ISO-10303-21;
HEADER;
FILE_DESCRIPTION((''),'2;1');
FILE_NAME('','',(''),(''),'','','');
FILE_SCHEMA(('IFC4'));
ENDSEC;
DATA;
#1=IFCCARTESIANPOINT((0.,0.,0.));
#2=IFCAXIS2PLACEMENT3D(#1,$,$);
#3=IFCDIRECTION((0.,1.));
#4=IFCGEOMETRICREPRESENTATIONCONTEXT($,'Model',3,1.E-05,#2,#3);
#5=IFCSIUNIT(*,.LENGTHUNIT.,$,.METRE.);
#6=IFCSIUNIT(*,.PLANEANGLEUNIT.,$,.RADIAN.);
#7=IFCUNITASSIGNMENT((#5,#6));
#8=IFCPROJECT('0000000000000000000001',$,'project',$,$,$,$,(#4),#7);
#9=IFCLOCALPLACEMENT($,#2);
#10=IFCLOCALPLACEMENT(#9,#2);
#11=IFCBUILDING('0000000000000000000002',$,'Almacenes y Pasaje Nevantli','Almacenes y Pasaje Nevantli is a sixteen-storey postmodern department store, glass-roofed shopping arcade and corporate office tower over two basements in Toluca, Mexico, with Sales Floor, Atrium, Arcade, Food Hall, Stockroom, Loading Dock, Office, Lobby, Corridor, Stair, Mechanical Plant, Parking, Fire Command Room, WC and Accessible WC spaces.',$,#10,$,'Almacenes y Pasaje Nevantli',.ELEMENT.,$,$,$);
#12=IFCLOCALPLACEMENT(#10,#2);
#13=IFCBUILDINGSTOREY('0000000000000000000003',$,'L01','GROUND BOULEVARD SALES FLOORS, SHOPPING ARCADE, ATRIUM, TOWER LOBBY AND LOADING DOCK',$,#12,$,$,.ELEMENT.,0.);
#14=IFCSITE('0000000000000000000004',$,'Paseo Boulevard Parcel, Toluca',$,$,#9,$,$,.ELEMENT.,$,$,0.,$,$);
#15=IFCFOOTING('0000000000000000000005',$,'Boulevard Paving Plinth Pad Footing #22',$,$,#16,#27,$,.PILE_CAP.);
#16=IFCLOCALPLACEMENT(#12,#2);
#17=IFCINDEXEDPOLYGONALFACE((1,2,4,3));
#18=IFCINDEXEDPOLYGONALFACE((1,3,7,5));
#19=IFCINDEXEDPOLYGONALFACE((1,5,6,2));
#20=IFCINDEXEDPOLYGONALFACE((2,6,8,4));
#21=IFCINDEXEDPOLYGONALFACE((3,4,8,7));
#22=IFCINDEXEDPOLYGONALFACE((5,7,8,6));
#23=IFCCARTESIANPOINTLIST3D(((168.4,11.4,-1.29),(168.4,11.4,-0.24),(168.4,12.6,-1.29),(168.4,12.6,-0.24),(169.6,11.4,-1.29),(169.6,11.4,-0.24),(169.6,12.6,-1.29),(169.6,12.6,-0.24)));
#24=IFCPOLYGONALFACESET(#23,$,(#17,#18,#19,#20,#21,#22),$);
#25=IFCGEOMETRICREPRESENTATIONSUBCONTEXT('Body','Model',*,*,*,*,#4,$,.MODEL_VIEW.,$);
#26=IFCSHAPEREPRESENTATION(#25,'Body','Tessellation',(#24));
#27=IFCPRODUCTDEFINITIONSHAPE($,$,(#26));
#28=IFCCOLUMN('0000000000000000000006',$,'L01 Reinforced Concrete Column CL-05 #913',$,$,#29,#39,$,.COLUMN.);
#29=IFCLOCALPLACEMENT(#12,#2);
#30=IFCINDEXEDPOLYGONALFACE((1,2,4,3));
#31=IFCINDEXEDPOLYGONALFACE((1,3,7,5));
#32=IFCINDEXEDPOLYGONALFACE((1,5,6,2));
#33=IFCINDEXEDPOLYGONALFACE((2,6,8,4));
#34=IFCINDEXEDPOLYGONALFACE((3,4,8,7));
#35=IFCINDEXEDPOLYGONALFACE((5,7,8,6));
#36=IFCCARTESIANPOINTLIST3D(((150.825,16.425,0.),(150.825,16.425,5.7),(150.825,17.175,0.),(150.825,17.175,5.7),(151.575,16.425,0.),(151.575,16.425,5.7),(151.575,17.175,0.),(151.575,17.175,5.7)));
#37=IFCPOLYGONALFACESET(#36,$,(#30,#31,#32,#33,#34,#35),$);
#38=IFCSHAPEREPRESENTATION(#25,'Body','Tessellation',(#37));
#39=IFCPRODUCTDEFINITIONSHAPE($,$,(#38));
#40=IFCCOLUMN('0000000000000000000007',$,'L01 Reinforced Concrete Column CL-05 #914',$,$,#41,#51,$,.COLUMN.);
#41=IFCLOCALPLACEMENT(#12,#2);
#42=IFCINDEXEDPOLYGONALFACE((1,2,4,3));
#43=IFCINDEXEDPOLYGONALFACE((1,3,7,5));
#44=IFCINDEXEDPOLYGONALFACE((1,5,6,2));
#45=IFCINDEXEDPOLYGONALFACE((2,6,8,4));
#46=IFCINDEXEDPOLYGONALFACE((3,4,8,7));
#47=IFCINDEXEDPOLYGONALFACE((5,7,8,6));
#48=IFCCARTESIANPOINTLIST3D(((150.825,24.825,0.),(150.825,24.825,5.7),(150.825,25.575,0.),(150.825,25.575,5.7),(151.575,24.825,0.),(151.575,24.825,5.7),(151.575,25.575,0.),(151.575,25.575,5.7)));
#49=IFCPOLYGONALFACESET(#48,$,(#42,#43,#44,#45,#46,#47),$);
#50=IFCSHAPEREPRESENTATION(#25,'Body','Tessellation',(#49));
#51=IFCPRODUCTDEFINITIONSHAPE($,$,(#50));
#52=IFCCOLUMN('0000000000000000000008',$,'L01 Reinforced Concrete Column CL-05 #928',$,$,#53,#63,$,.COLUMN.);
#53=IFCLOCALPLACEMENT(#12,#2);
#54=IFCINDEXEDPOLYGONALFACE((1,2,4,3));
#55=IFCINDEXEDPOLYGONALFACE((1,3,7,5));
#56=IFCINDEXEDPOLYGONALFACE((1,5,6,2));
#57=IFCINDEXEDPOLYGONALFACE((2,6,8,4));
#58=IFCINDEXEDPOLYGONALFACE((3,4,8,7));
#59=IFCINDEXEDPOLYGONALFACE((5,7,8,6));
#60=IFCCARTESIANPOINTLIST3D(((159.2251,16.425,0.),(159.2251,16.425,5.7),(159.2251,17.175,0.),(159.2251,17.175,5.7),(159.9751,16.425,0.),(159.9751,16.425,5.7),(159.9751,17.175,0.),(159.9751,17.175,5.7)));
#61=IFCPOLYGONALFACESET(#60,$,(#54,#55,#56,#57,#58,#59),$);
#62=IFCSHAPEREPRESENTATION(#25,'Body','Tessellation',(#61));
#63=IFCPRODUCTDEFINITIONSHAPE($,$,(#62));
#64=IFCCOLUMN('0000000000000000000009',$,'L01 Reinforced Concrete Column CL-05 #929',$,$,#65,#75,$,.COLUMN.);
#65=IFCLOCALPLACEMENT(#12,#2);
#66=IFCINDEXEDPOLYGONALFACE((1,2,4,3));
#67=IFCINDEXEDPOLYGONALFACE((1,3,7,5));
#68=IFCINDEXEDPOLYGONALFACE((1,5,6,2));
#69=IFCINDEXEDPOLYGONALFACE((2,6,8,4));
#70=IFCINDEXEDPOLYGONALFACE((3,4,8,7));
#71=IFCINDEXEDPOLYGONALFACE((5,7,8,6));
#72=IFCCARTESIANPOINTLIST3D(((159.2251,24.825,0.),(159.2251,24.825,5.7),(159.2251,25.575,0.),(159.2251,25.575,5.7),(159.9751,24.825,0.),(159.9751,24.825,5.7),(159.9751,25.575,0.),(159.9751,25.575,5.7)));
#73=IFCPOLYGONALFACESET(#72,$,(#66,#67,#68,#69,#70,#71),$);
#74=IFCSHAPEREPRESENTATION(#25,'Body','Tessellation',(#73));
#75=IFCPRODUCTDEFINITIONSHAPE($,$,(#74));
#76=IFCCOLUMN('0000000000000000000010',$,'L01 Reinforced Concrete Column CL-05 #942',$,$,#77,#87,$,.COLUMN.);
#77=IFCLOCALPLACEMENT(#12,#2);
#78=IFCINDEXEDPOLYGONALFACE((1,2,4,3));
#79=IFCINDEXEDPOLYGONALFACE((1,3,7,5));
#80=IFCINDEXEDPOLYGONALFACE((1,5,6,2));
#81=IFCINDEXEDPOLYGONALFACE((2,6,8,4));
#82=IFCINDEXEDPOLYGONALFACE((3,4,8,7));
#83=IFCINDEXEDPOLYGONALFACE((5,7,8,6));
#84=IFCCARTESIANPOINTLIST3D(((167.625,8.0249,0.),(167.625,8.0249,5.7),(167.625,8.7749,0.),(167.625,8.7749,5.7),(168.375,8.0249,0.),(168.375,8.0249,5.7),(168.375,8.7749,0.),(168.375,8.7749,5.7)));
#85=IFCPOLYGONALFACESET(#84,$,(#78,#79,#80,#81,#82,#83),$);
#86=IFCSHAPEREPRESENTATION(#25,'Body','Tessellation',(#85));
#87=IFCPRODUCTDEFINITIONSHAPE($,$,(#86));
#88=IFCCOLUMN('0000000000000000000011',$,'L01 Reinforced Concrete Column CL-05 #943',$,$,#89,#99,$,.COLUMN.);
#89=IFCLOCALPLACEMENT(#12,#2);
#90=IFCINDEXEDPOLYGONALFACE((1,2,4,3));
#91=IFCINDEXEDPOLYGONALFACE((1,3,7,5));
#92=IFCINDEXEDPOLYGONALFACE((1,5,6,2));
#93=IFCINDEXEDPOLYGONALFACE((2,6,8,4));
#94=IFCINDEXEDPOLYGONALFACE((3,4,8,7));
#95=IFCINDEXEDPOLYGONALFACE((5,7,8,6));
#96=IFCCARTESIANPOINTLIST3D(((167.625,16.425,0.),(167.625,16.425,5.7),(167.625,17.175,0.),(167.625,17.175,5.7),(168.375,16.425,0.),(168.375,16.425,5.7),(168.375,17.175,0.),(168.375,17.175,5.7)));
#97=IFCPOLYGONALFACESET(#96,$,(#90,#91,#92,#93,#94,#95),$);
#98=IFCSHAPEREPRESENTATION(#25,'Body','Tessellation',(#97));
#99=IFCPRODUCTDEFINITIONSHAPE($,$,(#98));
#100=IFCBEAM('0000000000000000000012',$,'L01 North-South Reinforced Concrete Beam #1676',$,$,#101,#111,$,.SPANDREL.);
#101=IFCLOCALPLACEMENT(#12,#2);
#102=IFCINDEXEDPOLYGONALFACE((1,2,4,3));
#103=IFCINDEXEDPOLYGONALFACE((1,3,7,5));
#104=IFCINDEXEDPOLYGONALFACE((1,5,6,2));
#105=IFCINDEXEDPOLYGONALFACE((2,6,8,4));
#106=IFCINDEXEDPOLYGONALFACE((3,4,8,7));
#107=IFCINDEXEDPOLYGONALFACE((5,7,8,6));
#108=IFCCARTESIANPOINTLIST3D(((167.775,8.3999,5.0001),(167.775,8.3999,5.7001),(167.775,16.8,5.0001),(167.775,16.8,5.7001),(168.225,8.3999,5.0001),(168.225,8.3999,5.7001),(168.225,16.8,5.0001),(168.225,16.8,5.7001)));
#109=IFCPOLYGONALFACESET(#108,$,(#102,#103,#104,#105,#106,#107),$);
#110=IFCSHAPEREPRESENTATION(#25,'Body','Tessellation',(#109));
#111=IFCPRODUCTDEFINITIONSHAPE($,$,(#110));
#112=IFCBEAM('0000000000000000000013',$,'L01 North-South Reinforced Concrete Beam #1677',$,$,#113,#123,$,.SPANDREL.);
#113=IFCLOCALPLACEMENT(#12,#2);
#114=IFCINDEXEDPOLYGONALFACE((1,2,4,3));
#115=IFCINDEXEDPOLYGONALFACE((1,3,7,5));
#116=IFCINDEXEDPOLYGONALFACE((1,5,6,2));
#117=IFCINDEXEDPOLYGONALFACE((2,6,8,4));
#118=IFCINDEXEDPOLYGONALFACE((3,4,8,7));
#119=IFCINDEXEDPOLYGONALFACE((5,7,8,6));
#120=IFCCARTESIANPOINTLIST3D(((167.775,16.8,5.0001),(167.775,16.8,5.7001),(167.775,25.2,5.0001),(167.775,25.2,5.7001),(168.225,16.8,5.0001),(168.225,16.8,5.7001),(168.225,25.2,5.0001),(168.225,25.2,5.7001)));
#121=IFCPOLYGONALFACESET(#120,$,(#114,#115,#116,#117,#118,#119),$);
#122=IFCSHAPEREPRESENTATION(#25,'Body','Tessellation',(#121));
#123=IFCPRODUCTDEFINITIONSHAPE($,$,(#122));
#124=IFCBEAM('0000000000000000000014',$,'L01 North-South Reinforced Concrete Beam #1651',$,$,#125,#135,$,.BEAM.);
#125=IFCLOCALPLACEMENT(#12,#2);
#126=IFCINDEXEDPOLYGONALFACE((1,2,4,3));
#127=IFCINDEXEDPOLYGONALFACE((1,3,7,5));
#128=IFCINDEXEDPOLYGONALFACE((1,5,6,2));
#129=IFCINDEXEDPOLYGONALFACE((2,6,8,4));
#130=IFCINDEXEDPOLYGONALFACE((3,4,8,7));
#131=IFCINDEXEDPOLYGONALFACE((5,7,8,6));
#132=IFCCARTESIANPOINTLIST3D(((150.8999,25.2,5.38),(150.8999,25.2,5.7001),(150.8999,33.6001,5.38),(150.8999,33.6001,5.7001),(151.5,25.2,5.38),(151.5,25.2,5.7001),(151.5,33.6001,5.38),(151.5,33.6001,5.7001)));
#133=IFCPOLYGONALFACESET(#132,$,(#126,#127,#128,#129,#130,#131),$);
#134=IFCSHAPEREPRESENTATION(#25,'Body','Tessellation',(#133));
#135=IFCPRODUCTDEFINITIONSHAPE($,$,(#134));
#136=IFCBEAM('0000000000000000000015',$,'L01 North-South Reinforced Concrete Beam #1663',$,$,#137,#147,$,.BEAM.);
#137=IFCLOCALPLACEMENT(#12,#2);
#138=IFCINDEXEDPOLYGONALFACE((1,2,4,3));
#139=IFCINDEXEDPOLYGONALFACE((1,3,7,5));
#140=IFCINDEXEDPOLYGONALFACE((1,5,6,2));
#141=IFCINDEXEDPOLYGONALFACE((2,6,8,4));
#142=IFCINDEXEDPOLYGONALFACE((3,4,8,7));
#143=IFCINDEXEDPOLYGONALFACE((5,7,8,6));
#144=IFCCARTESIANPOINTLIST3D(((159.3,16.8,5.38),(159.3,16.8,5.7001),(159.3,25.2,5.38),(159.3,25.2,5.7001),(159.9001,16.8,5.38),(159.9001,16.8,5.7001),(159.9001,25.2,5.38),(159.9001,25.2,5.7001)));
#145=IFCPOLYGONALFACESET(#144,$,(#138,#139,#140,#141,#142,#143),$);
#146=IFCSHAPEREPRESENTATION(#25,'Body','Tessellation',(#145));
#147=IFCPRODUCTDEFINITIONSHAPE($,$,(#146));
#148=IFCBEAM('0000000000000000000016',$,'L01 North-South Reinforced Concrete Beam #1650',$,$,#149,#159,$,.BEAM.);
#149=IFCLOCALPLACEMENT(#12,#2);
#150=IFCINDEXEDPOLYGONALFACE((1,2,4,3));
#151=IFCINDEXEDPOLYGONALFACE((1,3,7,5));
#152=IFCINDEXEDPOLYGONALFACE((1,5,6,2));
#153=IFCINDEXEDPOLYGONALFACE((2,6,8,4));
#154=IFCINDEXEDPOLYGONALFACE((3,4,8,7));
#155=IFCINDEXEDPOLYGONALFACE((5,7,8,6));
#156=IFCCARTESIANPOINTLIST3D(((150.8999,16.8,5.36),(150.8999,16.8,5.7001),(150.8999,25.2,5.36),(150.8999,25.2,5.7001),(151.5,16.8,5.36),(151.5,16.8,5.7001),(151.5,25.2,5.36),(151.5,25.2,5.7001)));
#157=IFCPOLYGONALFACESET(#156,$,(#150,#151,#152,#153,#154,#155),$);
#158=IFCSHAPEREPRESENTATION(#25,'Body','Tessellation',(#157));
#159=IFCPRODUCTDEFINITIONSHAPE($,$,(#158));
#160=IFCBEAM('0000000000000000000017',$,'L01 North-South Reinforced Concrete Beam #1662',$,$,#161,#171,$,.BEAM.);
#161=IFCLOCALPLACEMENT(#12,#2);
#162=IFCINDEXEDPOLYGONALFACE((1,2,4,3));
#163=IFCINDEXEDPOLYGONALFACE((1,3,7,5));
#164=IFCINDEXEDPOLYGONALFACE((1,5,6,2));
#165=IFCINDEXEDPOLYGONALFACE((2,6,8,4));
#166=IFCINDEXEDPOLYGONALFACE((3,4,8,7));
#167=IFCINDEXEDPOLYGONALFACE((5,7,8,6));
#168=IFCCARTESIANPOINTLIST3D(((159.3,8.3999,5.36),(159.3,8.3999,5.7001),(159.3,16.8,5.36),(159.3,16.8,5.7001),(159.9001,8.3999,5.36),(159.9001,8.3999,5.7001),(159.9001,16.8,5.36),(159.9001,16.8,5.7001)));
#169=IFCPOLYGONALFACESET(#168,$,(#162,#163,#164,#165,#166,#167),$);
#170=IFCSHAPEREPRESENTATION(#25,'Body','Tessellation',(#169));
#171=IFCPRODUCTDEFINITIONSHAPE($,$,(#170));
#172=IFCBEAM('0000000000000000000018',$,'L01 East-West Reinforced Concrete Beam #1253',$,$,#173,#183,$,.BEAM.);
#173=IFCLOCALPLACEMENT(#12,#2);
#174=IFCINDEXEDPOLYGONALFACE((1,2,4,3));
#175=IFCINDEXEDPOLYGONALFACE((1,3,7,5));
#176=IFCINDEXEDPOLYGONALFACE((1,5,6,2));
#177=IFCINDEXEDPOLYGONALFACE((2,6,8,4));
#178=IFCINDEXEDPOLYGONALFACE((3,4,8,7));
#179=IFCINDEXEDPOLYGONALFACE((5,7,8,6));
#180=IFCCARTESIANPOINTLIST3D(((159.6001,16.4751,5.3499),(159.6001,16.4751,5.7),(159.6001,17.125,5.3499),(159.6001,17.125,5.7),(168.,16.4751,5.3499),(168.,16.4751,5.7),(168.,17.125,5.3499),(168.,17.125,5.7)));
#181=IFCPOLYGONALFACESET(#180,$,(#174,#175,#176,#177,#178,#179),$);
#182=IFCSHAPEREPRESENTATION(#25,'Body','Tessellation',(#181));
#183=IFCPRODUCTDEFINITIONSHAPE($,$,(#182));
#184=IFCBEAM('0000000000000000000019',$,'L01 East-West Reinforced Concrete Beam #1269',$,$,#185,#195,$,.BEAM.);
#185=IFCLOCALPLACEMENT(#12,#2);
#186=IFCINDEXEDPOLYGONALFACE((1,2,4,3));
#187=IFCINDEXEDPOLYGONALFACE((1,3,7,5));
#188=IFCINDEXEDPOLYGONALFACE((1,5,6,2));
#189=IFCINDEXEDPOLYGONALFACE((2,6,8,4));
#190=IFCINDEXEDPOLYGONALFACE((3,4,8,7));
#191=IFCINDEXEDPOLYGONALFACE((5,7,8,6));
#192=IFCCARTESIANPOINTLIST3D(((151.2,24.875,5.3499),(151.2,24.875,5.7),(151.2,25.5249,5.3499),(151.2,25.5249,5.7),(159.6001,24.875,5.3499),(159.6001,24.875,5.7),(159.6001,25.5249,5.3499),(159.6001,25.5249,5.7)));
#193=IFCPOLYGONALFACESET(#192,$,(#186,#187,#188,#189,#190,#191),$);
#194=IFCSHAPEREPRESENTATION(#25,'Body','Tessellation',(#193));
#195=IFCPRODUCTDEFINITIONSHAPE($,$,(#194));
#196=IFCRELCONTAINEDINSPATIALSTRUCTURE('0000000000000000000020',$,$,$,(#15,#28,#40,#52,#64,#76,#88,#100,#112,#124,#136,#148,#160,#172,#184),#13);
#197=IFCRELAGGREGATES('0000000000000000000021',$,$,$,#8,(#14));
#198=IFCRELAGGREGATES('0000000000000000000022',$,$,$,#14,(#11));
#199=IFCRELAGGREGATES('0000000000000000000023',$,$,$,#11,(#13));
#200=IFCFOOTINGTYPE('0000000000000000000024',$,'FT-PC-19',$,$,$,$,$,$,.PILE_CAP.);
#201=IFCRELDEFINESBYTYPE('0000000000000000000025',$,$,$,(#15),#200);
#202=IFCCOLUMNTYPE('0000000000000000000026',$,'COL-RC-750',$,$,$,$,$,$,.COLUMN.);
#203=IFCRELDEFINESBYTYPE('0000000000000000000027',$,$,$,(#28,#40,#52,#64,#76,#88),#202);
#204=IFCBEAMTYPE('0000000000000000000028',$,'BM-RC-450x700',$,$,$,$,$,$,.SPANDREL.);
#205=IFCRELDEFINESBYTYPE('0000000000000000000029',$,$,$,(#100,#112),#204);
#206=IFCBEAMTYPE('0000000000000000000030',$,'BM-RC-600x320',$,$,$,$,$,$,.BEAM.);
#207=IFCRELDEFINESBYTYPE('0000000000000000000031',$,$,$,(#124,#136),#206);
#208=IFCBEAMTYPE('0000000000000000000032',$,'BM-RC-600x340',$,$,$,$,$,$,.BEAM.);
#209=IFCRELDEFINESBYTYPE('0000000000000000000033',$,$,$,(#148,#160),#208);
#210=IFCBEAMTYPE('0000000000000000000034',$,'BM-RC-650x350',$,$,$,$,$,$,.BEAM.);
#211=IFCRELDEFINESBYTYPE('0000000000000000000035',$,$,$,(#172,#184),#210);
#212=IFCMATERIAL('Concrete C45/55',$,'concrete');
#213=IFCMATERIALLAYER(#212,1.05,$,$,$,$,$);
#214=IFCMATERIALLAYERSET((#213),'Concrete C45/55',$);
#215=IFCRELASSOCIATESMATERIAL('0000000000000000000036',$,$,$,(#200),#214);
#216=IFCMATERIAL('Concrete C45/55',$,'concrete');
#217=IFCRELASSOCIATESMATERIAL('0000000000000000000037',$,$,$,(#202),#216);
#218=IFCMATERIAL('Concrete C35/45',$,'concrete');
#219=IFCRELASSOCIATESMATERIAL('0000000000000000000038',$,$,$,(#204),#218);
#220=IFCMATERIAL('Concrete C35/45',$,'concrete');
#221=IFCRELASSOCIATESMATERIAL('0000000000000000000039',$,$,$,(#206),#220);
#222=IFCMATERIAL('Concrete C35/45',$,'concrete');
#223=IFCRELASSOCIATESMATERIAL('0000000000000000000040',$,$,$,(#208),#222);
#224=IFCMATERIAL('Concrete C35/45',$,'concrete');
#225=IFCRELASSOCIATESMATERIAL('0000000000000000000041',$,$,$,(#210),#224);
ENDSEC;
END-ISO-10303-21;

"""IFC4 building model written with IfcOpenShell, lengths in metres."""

from ifc_helpers import new_model, si_unit, direction, frame, origin, origin_2d, place, context, subcontext, project, spatial, rectangle, extrude, material, layer, layer_set, material_profile, profile_set, type_object, element, save


model = new_model("IFC4")

# Units and contexts
model_context = context("Model", 3, precision=1e-05, world=origin(), true_north=direction((0.0, 1.0)))
body_context = subcontext(model_context, "Body", "Model", "MODEL_VIEW")
ifc_project = project(units=[si_unit("LENGTHUNIT", "METRE"), si_unit("PLANEANGLEUNIT", "RADIAN")], contexts=[model_context])

# Site, building, storey
site_placement = place(None, origin())
site = spatial("IfcSite", under=ifc_project, at=site_placement, Name="Paseo Boulevard Parcel, Toluca", CompositionType="ELEMENT", RefElevation=0.0)
building_placement = place(site_placement, origin())
building = spatial("IfcBuilding", under=site, at=building_placement, Name="Almacenes y Pasaje Nevantli", Description="Almacenes y Pasaje Nevantli is a sixteen-storey postmodern department store, glass-roofed shopping arcade and corporate office tower over two basements in Toluca, Mexico, with Sales Floor, Atrium, Arcade, Food Hall, Stockroom, Loading Dock, Office, Lobby, Corridor, Stair, Mechanical Plant, Parking, Fire Command Room, WC and Accessible WC spaces.", LongName="Almacenes y Pasaje Nevantli", CompositionType="ELEMENT")
storey_placement = place(building_placement, origin())
storey = spatial("IfcBuildingStorey", under=building, at=storey_placement, Name="L01", Description="GROUND BOULEVARD SALES FLOORS, SHOPPING ARCADE, ATRIUM, TOWER LOBBY AND LOADING DOCK", CompositionType="ELEMENT", Elevation=0.0)

# Footing
ifc_material_1 = material(Name="Concrete C45/55", Category="concrete")
ifc_layer_1 = layer(ifc_material_1, 1.05)
ifc_layer_set_1 = layer_set([ifc_layer_1], Name="Concrete C45/55")
footing_type = type_object("IfcFootingType", Name="FT-PC-19", PredefinedType="PILE_CAP", material=ifc_layer_set_1)
footing_placement = place(storey_placement, frame((169.0, 12.0, -1.29), z_axis=(0.0, 0.0, 1.0), x_axis=(1.0, 0.0, 0.0)))
element("IfcFooting", 1, at=footing_placement, inside=storey, type_object=footing_type, Name="Boulevard Paving Plinth Pad Footing #22", PredefinedType="PILE_CAP", context=body_context, shape_type="SweptSolid", body=[
    extrude(rectangle(XDim=1.2, YDim=1.2, at=origin_2d()), origin(), (0.0, 0.0, 1.0), 1.05),
])

# Columns
ifc_material_2 = material(Name="Concrete C45/55", Category="concrete")
ifc_material_profile_1 = material_profile(ifc_material_2, rectangle(XDim=0.75, YDim=0.75, at=origin_2d()), Name="RC-COL-750x750")
ifc_profile_set_1 = profile_set([ifc_material_profile_1], Name="Concrete C45/55")
column_type = type_object("IfcColumnType", Name="COL-RC-750", PredefinedType="COLUMN", material=ifc_profile_set_1)
for number, where, z_axis, x_axis, name in (
    (2, (151.2, 16.8, 0.0), (0.0, 0.0, 1.0), (1.0, 0.0, 0.0), "L01 Reinforced Concrete Column CL-05 #913"),
    (3, (151.2, 25.2, 0.0), (0.0, 0.0, 1.0), (1.0, 0.0, 0.0), "L01 Reinforced Concrete Column CL-05 #914"),
    (4, (159.6001, 16.8, 0.0), (0.0, 0.0, 1.0), (1.0, 0.0, 0.0), "L01 Reinforced Concrete Column CL-05 #928"),
    (5, (159.6001, 25.2, 0.0), (0.0, 0.0, 1.0), (1.0, 0.0, 0.0), "L01 Reinforced Concrete Column CL-05 #929"),
    (6, (168.0, 8.3999, 0.0), (0.0, 0.0, 1.0), (1.0, 0.0, 0.0), "L01 Reinforced Concrete Column CL-05 #942"),
    (7, (168.0, 16.8, 0.0), (0.0, 0.0, 1.0), (1.0, 0.0, 0.0), "L01 Reinforced Concrete Column CL-05 #943"),
):
    element("IfcColumn", number, at=place(storey_placement, frame(where, z_axis=z_axis, x_axis=x_axis)), inside=storey, type_object=column_type, Name=name, PredefinedType="COLUMN", context=body_context, shape_type="SweptSolid", body=[
        extrude(rectangle(XDim=0.75, YDim=0.75, at=origin_2d()), origin(), (0.0, 0.0, 1.0), 5.7),
    ])

# Beams
ifc_material_3 = material(Name="Concrete C35/45", Category="concrete")
ifc_material_profile_2 = material_profile(ifc_material_3, rectangle(XDim=0.45, YDim=0.7, at=origin_2d()), Name="RC-BM-450x700")
ifc_profile_set_2 = profile_set([ifc_material_profile_2], Name="Concrete C35/45")
beam_type_1 = type_object("IfcBeamType", Name="BM-RC-450x700", PredefinedType="SPANDREL", material=ifc_profile_set_2)
beam_1_placement = place(storey_placement, frame((168.0, 8.3999, 5.3501), z_axis=(0.0, 1.0, 0.0), x_axis=(-1.0, 0.0, 0.0)))
element("IfcBeam", 8, at=beam_1_placement, inside=storey, type_object=beam_type_1, Name="L01 North-South Reinforced Concrete Beam #1676", PredefinedType="SPANDREL", context=body_context, shape_type="SweptSolid", body=[
    extrude(rectangle(XDim=0.45, YDim=0.7, at=origin_2d()), origin(), (0.0, 0.0, 1.0), 8.4001),
])
beam_2_placement = place(storey_placement, frame((168.0, 16.8, 5.3501), z_axis=(0.0, 1.0, 0.0), x_axis=(-1.0, 0.0, 0.0)))
element("IfcBeam", 9, at=beam_2_placement, inside=storey, type_object=beam_type_1, Name="L01 North-South Reinforced Concrete Beam #1677", PredefinedType="SPANDREL", context=body_context, shape_type="SweptSolid", body=[
    extrude(rectangle(XDim=0.45, YDim=0.7, at=origin_2d()), origin(), (0.0, 0.0, 1.0), 8.3999),
])
ifc_material_4 = material(Name="Concrete C35/45", Category="concrete")
ifc_material_profile_3 = material_profile(ifc_material_4, rectangle(XDim=0.6001, YDim=0.3201, at=origin_2d()), Name="RC-BM-600x320")
ifc_profile_set_3 = profile_set([ifc_material_profile_3], Name="Concrete C35/45")
beam_type_2 = type_object("IfcBeamType", Name="BM-RC-600x320", PredefinedType="BEAM", material=ifc_profile_set_3)
beam_3_placement = place(storey_placement, frame((151.2, 25.2, 5.54), z_axis=(0.0, 1.0, 0.0), x_axis=(-1.0, 0.0, 0.0)))
element("IfcBeam", 10, at=beam_3_placement, inside=storey, type_object=beam_type_2, Name="L01 North-South Reinforced Concrete Beam #1651", PredefinedType="BEAM", context=body_context, shape_type="SweptSolid", body=[
    extrude(rectangle(XDim=0.6001, YDim=0.3201, at=origin_2d()), origin(), (0.0, 0.0, 1.0), 8.4001),
])
beam_4_placement = place(storey_placement, frame((159.6001, 16.8, 5.54), z_axis=(0.0, 1.0, 0.0), x_axis=(-1.0, 0.0, 0.0)))
element("IfcBeam", 11, at=beam_4_placement, inside=storey, type_object=beam_type_2, Name="L01 North-South Reinforced Concrete Beam #1663", PredefinedType="BEAM", context=body_context, shape_type="SweptSolid", body=[
    extrude(rectangle(XDim=0.6001, YDim=0.3201, at=origin_2d()), origin(), (0.0, 0.0, 1.0), 8.3999),
])
ifc_material_5 = material(Name="Concrete C35/45", Category="concrete")
ifc_material_profile_4 = material_profile(ifc_material_5, rectangle(XDim=0.6001, YDim=0.3401, at=origin_2d()), Name="RC-BM-600x340")
ifc_profile_set_4 = profile_set([ifc_material_profile_4], Name="Concrete C35/45")
beam_type_3 = type_object("IfcBeamType", Name="BM-RC-600x340", PredefinedType="BEAM", material=ifc_profile_set_4)
beam_5_placement = place(storey_placement, frame((151.2, 16.8, 5.53), z_axis=(0.0, 1.0, 0.0), x_axis=(-1.0, 0.0, 0.0)))
element("IfcBeam", 12, at=beam_5_placement, inside=storey, type_object=beam_type_3, Name="L01 North-South Reinforced Concrete Beam #1650", PredefinedType="BEAM", context=body_context, shape_type="SweptSolid", body=[
    extrude(rectangle(XDim=0.6001, YDim=0.3401, at=origin_2d()), origin(), (0.0, 0.0, 1.0), 8.3999),
])
beam_6_placement = place(storey_placement, frame((159.6001, 8.3999, 5.53), z_axis=(0.0, 1.0, 0.0), x_axis=(-1.0, 0.0, 0.0)))
element("IfcBeam", 13, at=beam_6_placement, inside=storey, type_object=beam_type_3, Name="L01 North-South Reinforced Concrete Beam #1662", PredefinedType="BEAM", context=body_context, shape_type="SweptSolid", body=[
    extrude(rectangle(XDim=0.6001, YDim=0.3401, at=origin_2d()), origin(), (0.0, 0.0, 1.0), 8.4001),
])
ifc_material_6 = material(Name="Concrete C35/45", Category="concrete")
ifc_material_profile_5 = material_profile(ifc_material_6, rectangle(XDim=0.6499, YDim=0.3501, at=origin_2d()), Name="RC-BM-650x350")
ifc_profile_set_5 = profile_set([ifc_material_profile_5], Name="Concrete C35/45")
beam_type_4 = type_object("IfcBeamType", Name="BM-RC-650x350", PredefinedType="BEAM", material=ifc_profile_set_5)
beam_7_placement = place(storey_placement, frame((159.6001, 16.8, 5.5249), z_axis=(1.0, 0.0, 0.0), x_axis=(0.0, 1.0, 0.0)))
element("IfcBeam", 14, at=beam_7_placement, inside=storey, type_object=beam_type_4, Name="L01 East-West Reinforced Concrete Beam #1253", PredefinedType="BEAM", context=body_context, shape_type="SweptSolid", body=[
    extrude(rectangle(XDim=0.6499, YDim=0.3501, at=origin_2d()), origin(), (0.0, 0.0, 1.0), 8.3999),
])
beam_8_placement = place(storey_placement, frame((151.2, 25.2, 5.5249), z_axis=(1.0, 0.0, 0.0), x_axis=(0.0, 1.0, 0.0)))
element("IfcBeam", 15, at=beam_8_placement, inside=storey, type_object=beam_type_4, Name="L01 East-West Reinforced Concrete Beam #1269", PredefinedType="BEAM", context=body_context, shape_type="SweptSolid", body=[
    extrude(rectangle(XDim=0.6499, YDim=0.3501, at=origin_2d()), origin(), (0.0, 0.0, 1.0), 8.4001),
])

save(model, "model.ifc")
